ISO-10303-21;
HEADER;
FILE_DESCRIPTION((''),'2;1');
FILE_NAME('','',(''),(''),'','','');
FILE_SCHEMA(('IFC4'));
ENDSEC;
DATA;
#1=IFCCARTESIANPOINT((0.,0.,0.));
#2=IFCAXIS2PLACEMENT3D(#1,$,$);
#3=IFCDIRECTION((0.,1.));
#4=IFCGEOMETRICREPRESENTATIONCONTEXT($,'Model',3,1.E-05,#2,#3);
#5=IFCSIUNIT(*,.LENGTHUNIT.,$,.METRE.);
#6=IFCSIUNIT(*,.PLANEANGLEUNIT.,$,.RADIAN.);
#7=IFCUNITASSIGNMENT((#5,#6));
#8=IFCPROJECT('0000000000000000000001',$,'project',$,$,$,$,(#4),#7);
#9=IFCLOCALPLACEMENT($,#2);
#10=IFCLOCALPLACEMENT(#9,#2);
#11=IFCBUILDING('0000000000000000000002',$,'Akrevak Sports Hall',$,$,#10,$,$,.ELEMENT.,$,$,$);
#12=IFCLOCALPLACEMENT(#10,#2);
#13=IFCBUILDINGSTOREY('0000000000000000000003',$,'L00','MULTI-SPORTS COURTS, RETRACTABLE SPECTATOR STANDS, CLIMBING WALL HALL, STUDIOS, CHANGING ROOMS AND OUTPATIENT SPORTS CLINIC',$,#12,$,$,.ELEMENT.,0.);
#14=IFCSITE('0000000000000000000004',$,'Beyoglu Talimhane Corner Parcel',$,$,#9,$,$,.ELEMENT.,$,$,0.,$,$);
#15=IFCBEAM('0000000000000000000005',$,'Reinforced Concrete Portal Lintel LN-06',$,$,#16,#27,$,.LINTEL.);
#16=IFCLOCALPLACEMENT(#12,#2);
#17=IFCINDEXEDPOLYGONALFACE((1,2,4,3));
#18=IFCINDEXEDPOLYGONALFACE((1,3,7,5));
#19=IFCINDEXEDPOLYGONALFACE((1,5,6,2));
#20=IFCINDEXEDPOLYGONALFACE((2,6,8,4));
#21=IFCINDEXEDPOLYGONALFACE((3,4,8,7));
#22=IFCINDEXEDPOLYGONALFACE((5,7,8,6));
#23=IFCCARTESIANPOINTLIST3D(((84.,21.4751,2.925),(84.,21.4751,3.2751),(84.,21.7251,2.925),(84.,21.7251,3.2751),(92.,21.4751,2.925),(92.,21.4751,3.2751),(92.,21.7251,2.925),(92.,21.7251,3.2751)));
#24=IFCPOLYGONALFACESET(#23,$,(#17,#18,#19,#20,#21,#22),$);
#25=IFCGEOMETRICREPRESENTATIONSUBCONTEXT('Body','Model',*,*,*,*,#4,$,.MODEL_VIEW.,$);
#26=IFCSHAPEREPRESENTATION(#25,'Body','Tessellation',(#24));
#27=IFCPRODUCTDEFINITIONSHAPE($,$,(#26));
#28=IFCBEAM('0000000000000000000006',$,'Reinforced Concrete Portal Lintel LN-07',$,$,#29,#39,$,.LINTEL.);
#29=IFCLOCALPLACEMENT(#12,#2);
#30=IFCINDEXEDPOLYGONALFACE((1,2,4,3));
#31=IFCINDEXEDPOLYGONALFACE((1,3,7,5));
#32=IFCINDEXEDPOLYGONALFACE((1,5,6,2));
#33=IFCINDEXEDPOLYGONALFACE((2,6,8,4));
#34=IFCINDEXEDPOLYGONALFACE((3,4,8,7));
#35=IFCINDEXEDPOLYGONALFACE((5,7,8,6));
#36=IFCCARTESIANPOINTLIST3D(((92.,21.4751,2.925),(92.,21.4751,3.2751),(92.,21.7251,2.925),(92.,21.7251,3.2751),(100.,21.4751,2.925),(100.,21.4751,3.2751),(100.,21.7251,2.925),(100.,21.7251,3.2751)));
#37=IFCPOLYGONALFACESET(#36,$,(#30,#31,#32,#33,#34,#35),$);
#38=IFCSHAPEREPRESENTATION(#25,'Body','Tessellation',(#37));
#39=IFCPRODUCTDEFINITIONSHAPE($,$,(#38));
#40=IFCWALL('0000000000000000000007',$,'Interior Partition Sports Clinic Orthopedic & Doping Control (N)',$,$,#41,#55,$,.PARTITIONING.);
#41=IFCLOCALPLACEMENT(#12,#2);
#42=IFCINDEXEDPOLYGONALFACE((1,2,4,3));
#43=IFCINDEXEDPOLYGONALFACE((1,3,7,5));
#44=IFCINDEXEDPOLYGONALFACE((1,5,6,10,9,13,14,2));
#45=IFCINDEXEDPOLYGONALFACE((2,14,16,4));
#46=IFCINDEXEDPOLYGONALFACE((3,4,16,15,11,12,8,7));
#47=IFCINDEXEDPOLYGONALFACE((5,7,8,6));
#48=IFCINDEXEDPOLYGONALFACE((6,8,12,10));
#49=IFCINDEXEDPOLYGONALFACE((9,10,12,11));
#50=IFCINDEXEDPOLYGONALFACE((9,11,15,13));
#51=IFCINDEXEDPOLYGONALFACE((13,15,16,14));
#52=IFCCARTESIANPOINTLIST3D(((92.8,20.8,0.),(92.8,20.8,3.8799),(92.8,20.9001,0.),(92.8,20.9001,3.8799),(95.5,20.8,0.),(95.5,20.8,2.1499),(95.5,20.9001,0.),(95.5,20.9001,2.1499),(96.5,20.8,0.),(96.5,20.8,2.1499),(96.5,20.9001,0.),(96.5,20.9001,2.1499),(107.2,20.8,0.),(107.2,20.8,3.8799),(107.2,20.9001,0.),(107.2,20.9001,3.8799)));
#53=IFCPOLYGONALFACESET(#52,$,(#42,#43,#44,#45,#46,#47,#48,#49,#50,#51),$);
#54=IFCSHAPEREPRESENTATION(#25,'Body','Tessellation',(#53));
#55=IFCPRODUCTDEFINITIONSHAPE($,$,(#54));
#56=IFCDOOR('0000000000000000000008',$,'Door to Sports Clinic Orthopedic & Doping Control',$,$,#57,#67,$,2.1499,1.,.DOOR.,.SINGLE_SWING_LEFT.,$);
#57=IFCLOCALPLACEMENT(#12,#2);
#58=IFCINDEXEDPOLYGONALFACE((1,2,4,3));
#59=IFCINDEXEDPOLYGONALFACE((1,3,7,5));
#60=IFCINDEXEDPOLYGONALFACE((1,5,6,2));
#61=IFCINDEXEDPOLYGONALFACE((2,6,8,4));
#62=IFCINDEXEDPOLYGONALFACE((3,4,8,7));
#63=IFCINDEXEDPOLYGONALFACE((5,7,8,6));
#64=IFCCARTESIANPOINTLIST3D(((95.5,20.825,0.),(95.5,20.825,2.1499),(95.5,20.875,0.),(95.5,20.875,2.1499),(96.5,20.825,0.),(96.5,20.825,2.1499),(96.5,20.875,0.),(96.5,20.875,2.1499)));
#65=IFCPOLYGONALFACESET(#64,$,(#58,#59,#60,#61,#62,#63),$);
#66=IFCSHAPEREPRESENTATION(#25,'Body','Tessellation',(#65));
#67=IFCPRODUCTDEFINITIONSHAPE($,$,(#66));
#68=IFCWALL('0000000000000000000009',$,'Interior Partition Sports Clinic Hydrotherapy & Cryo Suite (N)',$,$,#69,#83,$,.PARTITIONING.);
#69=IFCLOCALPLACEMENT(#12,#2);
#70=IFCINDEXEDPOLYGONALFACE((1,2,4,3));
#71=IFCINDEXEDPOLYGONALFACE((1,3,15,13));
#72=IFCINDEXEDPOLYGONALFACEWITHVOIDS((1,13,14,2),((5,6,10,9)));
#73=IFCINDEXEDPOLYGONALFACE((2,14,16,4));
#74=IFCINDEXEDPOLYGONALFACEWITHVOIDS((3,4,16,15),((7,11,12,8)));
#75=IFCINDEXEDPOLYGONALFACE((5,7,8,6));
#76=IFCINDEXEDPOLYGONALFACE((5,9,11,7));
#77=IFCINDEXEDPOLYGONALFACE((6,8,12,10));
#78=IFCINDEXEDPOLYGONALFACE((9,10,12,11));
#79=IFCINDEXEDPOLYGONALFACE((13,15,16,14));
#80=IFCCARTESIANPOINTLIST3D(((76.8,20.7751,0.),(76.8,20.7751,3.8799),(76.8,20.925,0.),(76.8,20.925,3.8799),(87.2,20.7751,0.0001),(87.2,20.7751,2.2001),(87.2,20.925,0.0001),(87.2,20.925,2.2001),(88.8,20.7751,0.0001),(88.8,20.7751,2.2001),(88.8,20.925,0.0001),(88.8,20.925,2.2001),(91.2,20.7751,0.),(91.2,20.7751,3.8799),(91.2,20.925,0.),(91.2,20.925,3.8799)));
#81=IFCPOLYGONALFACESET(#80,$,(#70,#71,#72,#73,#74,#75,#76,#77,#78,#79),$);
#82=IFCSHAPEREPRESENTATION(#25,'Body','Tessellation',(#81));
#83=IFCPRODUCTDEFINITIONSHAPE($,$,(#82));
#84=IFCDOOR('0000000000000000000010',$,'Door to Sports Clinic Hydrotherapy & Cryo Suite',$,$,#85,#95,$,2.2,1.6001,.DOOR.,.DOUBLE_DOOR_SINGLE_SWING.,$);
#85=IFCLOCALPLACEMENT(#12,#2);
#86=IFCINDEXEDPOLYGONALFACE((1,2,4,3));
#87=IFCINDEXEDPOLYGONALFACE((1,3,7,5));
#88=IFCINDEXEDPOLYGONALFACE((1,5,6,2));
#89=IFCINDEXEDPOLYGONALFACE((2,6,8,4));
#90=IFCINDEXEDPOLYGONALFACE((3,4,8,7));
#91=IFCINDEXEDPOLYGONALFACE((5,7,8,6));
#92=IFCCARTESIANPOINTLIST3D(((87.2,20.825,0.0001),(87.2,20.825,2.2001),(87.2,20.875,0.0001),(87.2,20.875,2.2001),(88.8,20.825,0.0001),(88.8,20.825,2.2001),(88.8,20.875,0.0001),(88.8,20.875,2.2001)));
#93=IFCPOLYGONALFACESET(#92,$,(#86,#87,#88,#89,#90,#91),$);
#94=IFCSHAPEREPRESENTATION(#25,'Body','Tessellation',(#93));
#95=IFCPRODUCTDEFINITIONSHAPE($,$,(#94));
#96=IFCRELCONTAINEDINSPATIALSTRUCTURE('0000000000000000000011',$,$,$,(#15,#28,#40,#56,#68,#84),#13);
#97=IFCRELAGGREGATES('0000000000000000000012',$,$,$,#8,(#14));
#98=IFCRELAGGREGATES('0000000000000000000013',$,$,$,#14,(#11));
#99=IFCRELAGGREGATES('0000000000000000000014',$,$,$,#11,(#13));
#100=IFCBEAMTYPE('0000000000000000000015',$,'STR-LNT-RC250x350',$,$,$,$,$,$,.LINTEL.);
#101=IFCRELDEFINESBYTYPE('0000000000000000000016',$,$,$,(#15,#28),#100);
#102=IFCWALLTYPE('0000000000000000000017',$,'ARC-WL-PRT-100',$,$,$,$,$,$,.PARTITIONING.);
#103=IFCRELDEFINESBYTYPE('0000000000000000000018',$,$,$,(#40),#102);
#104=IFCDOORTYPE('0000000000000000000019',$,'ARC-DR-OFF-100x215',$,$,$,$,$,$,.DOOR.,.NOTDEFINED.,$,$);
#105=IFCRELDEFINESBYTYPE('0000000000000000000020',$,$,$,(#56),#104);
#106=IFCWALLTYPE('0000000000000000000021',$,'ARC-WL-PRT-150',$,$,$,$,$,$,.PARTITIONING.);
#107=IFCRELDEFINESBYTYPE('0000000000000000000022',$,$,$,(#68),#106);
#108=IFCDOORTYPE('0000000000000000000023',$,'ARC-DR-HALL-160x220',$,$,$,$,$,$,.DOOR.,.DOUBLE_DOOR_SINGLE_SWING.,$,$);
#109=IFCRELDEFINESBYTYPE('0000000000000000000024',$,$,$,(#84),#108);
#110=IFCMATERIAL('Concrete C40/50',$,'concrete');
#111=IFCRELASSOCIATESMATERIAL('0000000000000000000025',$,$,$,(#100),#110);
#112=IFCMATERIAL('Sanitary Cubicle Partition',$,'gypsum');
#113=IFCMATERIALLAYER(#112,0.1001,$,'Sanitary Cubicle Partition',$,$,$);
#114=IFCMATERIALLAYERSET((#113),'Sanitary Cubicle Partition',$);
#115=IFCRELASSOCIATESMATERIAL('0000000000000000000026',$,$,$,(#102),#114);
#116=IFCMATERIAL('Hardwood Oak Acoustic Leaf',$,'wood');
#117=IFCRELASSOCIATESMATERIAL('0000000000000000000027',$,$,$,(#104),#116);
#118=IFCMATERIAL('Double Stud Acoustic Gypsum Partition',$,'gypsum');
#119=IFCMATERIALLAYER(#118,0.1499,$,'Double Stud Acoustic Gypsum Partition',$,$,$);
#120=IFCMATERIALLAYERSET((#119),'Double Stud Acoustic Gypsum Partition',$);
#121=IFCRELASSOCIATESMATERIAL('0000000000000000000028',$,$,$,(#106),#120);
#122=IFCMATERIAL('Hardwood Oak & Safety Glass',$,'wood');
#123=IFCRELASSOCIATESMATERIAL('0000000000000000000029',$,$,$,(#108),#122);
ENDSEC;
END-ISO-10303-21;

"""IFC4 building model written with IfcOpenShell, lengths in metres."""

from ifc_helpers import new_model, si_unit, direction, frame, frame_2d, origin, origin_2d, place, context, subcontext, project, spatial, rectangle, extrude, material, layer, layer_set, material_profile, profile_set, type_object, element, fill, save


model = new_model("IFC4")

# Units and contexts
model_context = context("Model", 3, precision=1e-05, world=origin(), true_north=direction((0.0, 1.0)))
body_context = subcontext(model_context, "Body", "Model", "MODEL_VIEW")
ifc_project = project(units=[si_unit("LENGTHUNIT", "METRE"), si_unit("PLANEANGLEUNIT", "RADIAN")], contexts=[model_context])

# Site, building, storey
site_placement = place(None, origin())
site = spatial("IfcSite", under=ifc_project, at=site_placement, Name="Beyoglu Talimhane Corner Parcel", CompositionType="ELEMENT", RefElevation=0.0)
building_placement = place(site_placement, origin())
building = spatial("IfcBuilding", under=site, at=building_placement, Name="Akrevak Sports Hall", CompositionType="ELEMENT")
storey_placement = place(building_placement, origin())
storey = spatial("IfcBuildingStorey", under=building, at=storey_placement, Name="L00", Description="MULTI-SPORTS COURTS, RETRACTABLE SPECTATOR STANDS, CLIMBING WALL HALL, STUDIOS, CHANGING ROOMS AND OUTPATIENT SPORTS CLINIC", CompositionType="ELEMENT", Elevation=0.0)

# Beams
ifc_material_1 = material(Name="Concrete C40/50", Category="concrete")
ifc_material_profile_1 = material_profile(ifc_material_1, rectangle(XDim=0.25, YDim=0.3501, at=origin_2d()), Name="LNT 250x350", Category="concrete")
ifc_profile_set_1 = profile_set([ifc_material_profile_1], Name="Concrete C40/50")
beam_type_1 = type_object("IfcBeamType", Name="STR-LNT-RC250x350", PredefinedType="LINTEL", material=ifc_profile_set_1)
for number, where, z_axis, x_axis, name in (
    (1, (84.0, 21.6001, 3.1001), (1.0, 0.0, 0.0), (0.0, 1.0, 0.0), "Reinforced Concrete Portal Lintel LN-06"),
    (2, (92.0, 21.6001, 3.1001), (1.0, 0.0, 0.0), (0.0, 1.0, 0.0), "Reinforced Concrete Portal Lintel LN-07"),
):
    element("IfcBeam", number, at=place(storey_placement, frame(where, z_axis=z_axis, x_axis=x_axis)), inside=storey, type_object=beam_type_1, Name=name, PredefinedType="LINTEL", context=body_context, shape_type="SweptSolid", body=[
        extrude(rectangle(XDim=0.25, YDim=0.3501, at=origin_2d()), origin(), (0.0, 0.0, 1.0), 8.0),
    ])

# Walls, openings, doors
ifc_material_2 = material(Name="Sanitary Cubicle Partition", Category="gypsum")
ifc_layer_1 = layer(ifc_material_2, 0.1001, Name="Sanitary Cubicle Partition")
ifc_layer_set_1 = layer_set([ifc_layer_1], Name="Sanitary Cubicle Partition")
wall_type_1 = type_object("IfcWallType", Name="ARC-WL-PRT-100", PredefinedType="PARTITIONING", material=ifc_layer_set_1)
wall_1_placement = place(storey_placement, frame((92.8, 20.8501, 0.0), z_axis=(0.0, 0.0, 1.0), x_axis=(1.0, 0.0, 0.0)))
wall_1 = element("IfcWall", 3, at=wall_1_placement, inside=storey, type_object=wall_type_1, Name="Interior Partition Sports Clinic Orthopedic & Doping Control (N)", PredefinedType="PARTITIONING", context=body_context, shape_type="SweptSolid", body=[
    extrude(rectangle(XDim=14.3999, YDim=0.1001, at=frame_2d((7.2, 0.0))), origin(), (0.0, 0.0, 1.0), 3.8799),
])
opening_1_placement = place(wall_1_placement, frame((2.7, 0.0, 0.0)))
opening_1 = element("IfcOpeningElement", 4, at=opening_1_placement, cuts=wall_1, PredefinedType="OPENING", context=body_context, shape_type="SweptSolid", body=[
    extrude(rectangle(XDim=1.0, YDim=2.1499, at=frame_2d((0.5, 1.075))), frame((0.0, 0.062, 0.0), z_axis=(0.0, -1.0, 0.0), x_axis=(1.0, 0.0, 0.0)), (0.0, 0.0, 1.0), 0.124),
])
ifc_material_3 = material(Name="Hardwood Oak Acoustic Leaf", Category="wood")
door_type_1 = type_object("IfcDoorType", Name="ARC-DR-OFF-100x215", OperationType="NOTDEFINED", PredefinedType="DOOR", material=ifc_material_3)
door_1_placement = place(opening_1_placement, origin())
door_1 = element("IfcDoor", 5, at=door_1_placement, inside=storey, type_object=door_type_1, Name="Door to Sports Clinic Orthopedic & Doping Control", OperationType="SINGLE_SWING_LEFT", OverallHeight=2.1499, OverallWidth=1.0, PredefinedType="DOOR", context=body_context, shape_type="SweptSolid", body=[
    extrude(rectangle(XDim=1.0, YDim=2.1499, at=frame_2d((0.5, 1.075))), frame((0.0, 0.0249, 0.0), z_axis=(0.0, -1.0, 0.0), x_axis=(1.0, 0.0, 0.0)), (0.0, 0.0, 1.0), 0.05),
])
fill(opening_1, door_1)
ifc_material_4 = material(Name="Double Stud Acoustic Gypsum Partition", Category="gypsum")
ifc_layer_2 = layer(ifc_material_4, 0.1499, Name="Double Stud Acoustic Gypsum Partition")
ifc_layer_set_2 = layer_set([ifc_layer_2], Name="Double Stud Acoustic Gypsum Partition")
wall_type_2 = type_object("IfcWallType", Name="ARC-WL-PRT-150", PredefinedType="PARTITIONING", material=ifc_layer_set_2)
wall_2_placement = place(storey_placement, frame((76.8, 20.8501, 0.0), z_axis=(0.0, 0.0, 1.0), x_axis=(1.0, 0.0, 0.0)))
wall_2 = element("IfcWall", 6, at=wall_2_placement, inside=storey, type_object=wall_type_2, Name="Interior Partition Sports Clinic Hydrotherapy & Cryo Suite (N)", PredefinedType="PARTITIONING", context=body_context, shape_type="SweptSolid", body=[
    extrude(rectangle(XDim=14.3999, YDim=0.1499, at=frame_2d((7.2, 0.0))), origin(), (0.0, 0.0, 1.0), 3.8799),
])
opening_2_placement = place(wall_2_placement, frame((10.3999, 0.0, 0.0)))
opening_2 = element("IfcOpeningElement", 7, at=opening_2_placement, cuts=wall_2, PredefinedType="OPENING", context=body_context, shape_type="SweptSolid", body=[
    extrude(rectangle(XDim=1.6001, YDim=2.2, at=frame_2d((0.8, 1.1001))), frame((0.0, 0.0869, 0.0), z_axis=(0.0, -1.0, 0.0), x_axis=(1.0, 0.0, 0.0)), (0.0, 0.0, 1.0), 0.1738),
])
ifc_material_5 = material(Name="Hardwood Oak & Safety Glass", Category="wood")
door_type_2 = type_object("IfcDoorType", Name="ARC-DR-HALL-160x220", OperationType="DOUBLE_DOOR_SINGLE_SWING", PredefinedType="DOOR", material=ifc_material_5)
door_2_placement = place(opening_2_placement, origin())
door_2 = element("IfcDoor", 8, at=door_2_placement, inside=storey, type_object=door_type_2, Name="Door to Sports Clinic Hydrotherapy & Cryo Suite", OperationType="DOUBLE_DOOR_SINGLE_SWING", OverallHeight=2.2, OverallWidth=1.6001, PredefinedType="DOOR", context=body_context, shape_type="SweptSolid", body=[
    extrude(rectangle(XDim=1.6001, YDim=2.2, at=frame_2d((0.8, 1.1001))), frame((0.0, 0.0249, 0.0), z_axis=(0.0, -1.0, 0.0), x_axis=(1.0, 0.0, 0.0)), (0.0, 0.0, 1.0), 0.05),
])
fill(opening_2, door_2)

save(model, "model.ifc")
